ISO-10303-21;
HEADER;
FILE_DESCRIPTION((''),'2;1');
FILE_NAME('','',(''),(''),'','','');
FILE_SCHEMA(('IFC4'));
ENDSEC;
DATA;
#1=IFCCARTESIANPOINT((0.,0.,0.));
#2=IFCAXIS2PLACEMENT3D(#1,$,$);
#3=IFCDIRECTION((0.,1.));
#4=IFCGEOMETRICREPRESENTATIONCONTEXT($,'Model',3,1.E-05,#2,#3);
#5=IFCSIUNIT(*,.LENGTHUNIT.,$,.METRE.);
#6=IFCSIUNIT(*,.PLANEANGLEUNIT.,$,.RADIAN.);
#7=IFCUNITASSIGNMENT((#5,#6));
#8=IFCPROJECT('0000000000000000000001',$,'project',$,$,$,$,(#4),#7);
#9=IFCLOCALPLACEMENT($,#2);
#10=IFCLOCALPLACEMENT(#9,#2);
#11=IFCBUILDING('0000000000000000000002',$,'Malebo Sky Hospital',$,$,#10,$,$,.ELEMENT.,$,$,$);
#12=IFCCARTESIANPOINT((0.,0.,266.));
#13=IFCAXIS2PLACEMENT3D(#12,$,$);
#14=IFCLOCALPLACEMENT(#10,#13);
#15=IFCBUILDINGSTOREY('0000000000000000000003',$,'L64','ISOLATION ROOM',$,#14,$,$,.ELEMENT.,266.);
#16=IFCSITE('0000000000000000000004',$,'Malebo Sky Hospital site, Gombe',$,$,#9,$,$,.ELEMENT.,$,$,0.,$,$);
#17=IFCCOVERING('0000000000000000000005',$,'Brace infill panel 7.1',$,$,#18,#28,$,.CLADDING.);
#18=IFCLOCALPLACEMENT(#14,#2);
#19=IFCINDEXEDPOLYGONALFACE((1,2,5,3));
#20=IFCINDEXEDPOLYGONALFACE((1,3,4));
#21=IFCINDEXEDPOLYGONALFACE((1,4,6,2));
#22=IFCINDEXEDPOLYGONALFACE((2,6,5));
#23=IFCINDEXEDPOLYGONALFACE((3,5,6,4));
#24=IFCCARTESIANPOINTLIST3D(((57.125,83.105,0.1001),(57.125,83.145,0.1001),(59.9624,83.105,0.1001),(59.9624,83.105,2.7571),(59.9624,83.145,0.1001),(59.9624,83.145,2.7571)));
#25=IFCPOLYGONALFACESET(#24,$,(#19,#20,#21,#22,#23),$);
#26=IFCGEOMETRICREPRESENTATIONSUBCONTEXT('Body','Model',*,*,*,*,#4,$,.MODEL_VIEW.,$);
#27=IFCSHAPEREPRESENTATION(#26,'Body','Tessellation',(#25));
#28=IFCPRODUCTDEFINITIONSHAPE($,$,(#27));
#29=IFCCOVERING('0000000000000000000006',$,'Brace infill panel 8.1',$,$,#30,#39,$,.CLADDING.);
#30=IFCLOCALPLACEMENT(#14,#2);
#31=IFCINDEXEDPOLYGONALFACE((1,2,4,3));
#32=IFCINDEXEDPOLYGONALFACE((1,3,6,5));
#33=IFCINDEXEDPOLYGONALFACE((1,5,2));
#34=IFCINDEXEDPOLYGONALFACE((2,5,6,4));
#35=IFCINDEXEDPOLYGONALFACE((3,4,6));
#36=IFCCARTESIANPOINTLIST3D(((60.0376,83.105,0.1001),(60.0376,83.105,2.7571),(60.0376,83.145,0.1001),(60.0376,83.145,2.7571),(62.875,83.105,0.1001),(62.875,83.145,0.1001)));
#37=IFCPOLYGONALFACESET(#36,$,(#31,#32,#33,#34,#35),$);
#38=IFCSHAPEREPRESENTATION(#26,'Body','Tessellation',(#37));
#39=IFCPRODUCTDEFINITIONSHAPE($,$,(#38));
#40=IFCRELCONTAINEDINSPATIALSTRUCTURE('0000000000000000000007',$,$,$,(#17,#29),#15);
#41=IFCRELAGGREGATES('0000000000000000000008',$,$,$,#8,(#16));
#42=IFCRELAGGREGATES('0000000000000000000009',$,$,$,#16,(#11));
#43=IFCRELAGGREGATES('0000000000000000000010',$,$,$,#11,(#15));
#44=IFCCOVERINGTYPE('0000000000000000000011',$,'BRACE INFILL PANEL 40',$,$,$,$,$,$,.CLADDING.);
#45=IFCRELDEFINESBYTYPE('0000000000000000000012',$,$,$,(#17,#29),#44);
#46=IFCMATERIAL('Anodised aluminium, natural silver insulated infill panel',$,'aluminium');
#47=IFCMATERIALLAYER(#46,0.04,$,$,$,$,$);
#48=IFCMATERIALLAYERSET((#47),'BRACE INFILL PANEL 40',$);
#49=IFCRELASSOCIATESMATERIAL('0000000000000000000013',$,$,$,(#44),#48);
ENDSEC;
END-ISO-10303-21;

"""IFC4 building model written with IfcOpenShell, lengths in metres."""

from ifc_helpers import new_model, si_unit, direction, frame, origin, place, context, subcontext, project, spatial, polyline, outline, extrude, material, layer, layer_set, type_object, element, save


model = new_model("IFC4")

# Units and contexts
model_context = context("Model", 3, precision=1e-05, world=origin(), true_north=direction((0.0, 1.0)))
body_context = subcontext(model_context, "Body", "Model", "MODEL_VIEW")
ifc_project = project(units=[si_unit("LENGTHUNIT", "METRE"), si_unit("PLANEANGLEUNIT", "RADIAN")], contexts=[model_context])

# Site, building, storey
site_placement = place(None, origin())
site = spatial("IfcSite", under=ifc_project, at=site_placement, Name="Malebo Sky Hospital site, Gombe", CompositionType="ELEMENT", RefElevation=0.0)
building_placement = place(site_placement, origin())
building = spatial("IfcBuilding", under=site, at=building_placement, Name="Malebo Sky Hospital", CompositionType="ELEMENT")
storey_placement = place(building_placement, frame((0.0, 0.0, 266.0)))
storey = spatial("IfcBuildingStorey", under=building, at=storey_placement, Name="L64", Description="ISOLATION ROOM", CompositionType="ELEMENT", Elevation=266.0)

# Coverings
ifc_material_1 = material(Name="Anodised aluminium, natural silver insulated infill panel", Category="aluminium")
ifc_layer_1 = layer(ifc_material_1, 0.04)
ifc_layer_set_1 = layer_set([ifc_layer_1], Name="BRACE INFILL PANEL 40")
covering_type = type_object("IfcCoveringType", Name="BRACE INFILL PANEL 40", PredefinedType="CLADDING", material=ifc_layer_set_1)
covering_1_placement = place(storey_placement, frame((58.5437, 83.125, 0.1001), z_axis=(0.0, 0.0, 1.0), x_axis=(1.0, 0.0, 0.0)))
element("IfcCovering", 1, at=covering_1_placement, inside=storey, type_object=covering_type, Name="Brace infill panel 7.1", PredefinedType="CLADDING", context=body_context, shape_type="SweptSolid", body=[
    extrude(outline(polyline([(-1.4187, 0.0), (1.4187, 0.0), (1.4187, 2.657), (-1.4187, 0.0)])), frame((0.0, 0.02, 0.0), z_axis=(0.0, -1.0, 0.0), x_axis=(1.0, 0.0, 0.0)), (0.0, 0.0, 1.0), 0.04),
])
covering_2_placement = place(storey_placement, frame((61.4563, 83.125, 0.1001), z_axis=(0.0, 0.0, 1.0), x_axis=(1.0, 0.0, 0.0)))
element("IfcCovering", 2, at=covering_2_placement, inside=storey, type_object=covering_type, Name="Brace infill panel 8.1", PredefinedType="CLADDING", context=body_context, shape_type="SweptSolid", body=[
    extrude(outline(polyline([(-1.4187, 0.0), (1.4187, 0.0), (-1.4187, 2.657), (-1.4187, 0.0)])), frame((0.0, 0.02, 0.0), z_axis=(0.0, -1.0, 0.0), x_axis=(1.0, 0.0, 0.0)), (0.0, 0.0, 1.0), 0.04),
])

save(model, "model.ifc")
